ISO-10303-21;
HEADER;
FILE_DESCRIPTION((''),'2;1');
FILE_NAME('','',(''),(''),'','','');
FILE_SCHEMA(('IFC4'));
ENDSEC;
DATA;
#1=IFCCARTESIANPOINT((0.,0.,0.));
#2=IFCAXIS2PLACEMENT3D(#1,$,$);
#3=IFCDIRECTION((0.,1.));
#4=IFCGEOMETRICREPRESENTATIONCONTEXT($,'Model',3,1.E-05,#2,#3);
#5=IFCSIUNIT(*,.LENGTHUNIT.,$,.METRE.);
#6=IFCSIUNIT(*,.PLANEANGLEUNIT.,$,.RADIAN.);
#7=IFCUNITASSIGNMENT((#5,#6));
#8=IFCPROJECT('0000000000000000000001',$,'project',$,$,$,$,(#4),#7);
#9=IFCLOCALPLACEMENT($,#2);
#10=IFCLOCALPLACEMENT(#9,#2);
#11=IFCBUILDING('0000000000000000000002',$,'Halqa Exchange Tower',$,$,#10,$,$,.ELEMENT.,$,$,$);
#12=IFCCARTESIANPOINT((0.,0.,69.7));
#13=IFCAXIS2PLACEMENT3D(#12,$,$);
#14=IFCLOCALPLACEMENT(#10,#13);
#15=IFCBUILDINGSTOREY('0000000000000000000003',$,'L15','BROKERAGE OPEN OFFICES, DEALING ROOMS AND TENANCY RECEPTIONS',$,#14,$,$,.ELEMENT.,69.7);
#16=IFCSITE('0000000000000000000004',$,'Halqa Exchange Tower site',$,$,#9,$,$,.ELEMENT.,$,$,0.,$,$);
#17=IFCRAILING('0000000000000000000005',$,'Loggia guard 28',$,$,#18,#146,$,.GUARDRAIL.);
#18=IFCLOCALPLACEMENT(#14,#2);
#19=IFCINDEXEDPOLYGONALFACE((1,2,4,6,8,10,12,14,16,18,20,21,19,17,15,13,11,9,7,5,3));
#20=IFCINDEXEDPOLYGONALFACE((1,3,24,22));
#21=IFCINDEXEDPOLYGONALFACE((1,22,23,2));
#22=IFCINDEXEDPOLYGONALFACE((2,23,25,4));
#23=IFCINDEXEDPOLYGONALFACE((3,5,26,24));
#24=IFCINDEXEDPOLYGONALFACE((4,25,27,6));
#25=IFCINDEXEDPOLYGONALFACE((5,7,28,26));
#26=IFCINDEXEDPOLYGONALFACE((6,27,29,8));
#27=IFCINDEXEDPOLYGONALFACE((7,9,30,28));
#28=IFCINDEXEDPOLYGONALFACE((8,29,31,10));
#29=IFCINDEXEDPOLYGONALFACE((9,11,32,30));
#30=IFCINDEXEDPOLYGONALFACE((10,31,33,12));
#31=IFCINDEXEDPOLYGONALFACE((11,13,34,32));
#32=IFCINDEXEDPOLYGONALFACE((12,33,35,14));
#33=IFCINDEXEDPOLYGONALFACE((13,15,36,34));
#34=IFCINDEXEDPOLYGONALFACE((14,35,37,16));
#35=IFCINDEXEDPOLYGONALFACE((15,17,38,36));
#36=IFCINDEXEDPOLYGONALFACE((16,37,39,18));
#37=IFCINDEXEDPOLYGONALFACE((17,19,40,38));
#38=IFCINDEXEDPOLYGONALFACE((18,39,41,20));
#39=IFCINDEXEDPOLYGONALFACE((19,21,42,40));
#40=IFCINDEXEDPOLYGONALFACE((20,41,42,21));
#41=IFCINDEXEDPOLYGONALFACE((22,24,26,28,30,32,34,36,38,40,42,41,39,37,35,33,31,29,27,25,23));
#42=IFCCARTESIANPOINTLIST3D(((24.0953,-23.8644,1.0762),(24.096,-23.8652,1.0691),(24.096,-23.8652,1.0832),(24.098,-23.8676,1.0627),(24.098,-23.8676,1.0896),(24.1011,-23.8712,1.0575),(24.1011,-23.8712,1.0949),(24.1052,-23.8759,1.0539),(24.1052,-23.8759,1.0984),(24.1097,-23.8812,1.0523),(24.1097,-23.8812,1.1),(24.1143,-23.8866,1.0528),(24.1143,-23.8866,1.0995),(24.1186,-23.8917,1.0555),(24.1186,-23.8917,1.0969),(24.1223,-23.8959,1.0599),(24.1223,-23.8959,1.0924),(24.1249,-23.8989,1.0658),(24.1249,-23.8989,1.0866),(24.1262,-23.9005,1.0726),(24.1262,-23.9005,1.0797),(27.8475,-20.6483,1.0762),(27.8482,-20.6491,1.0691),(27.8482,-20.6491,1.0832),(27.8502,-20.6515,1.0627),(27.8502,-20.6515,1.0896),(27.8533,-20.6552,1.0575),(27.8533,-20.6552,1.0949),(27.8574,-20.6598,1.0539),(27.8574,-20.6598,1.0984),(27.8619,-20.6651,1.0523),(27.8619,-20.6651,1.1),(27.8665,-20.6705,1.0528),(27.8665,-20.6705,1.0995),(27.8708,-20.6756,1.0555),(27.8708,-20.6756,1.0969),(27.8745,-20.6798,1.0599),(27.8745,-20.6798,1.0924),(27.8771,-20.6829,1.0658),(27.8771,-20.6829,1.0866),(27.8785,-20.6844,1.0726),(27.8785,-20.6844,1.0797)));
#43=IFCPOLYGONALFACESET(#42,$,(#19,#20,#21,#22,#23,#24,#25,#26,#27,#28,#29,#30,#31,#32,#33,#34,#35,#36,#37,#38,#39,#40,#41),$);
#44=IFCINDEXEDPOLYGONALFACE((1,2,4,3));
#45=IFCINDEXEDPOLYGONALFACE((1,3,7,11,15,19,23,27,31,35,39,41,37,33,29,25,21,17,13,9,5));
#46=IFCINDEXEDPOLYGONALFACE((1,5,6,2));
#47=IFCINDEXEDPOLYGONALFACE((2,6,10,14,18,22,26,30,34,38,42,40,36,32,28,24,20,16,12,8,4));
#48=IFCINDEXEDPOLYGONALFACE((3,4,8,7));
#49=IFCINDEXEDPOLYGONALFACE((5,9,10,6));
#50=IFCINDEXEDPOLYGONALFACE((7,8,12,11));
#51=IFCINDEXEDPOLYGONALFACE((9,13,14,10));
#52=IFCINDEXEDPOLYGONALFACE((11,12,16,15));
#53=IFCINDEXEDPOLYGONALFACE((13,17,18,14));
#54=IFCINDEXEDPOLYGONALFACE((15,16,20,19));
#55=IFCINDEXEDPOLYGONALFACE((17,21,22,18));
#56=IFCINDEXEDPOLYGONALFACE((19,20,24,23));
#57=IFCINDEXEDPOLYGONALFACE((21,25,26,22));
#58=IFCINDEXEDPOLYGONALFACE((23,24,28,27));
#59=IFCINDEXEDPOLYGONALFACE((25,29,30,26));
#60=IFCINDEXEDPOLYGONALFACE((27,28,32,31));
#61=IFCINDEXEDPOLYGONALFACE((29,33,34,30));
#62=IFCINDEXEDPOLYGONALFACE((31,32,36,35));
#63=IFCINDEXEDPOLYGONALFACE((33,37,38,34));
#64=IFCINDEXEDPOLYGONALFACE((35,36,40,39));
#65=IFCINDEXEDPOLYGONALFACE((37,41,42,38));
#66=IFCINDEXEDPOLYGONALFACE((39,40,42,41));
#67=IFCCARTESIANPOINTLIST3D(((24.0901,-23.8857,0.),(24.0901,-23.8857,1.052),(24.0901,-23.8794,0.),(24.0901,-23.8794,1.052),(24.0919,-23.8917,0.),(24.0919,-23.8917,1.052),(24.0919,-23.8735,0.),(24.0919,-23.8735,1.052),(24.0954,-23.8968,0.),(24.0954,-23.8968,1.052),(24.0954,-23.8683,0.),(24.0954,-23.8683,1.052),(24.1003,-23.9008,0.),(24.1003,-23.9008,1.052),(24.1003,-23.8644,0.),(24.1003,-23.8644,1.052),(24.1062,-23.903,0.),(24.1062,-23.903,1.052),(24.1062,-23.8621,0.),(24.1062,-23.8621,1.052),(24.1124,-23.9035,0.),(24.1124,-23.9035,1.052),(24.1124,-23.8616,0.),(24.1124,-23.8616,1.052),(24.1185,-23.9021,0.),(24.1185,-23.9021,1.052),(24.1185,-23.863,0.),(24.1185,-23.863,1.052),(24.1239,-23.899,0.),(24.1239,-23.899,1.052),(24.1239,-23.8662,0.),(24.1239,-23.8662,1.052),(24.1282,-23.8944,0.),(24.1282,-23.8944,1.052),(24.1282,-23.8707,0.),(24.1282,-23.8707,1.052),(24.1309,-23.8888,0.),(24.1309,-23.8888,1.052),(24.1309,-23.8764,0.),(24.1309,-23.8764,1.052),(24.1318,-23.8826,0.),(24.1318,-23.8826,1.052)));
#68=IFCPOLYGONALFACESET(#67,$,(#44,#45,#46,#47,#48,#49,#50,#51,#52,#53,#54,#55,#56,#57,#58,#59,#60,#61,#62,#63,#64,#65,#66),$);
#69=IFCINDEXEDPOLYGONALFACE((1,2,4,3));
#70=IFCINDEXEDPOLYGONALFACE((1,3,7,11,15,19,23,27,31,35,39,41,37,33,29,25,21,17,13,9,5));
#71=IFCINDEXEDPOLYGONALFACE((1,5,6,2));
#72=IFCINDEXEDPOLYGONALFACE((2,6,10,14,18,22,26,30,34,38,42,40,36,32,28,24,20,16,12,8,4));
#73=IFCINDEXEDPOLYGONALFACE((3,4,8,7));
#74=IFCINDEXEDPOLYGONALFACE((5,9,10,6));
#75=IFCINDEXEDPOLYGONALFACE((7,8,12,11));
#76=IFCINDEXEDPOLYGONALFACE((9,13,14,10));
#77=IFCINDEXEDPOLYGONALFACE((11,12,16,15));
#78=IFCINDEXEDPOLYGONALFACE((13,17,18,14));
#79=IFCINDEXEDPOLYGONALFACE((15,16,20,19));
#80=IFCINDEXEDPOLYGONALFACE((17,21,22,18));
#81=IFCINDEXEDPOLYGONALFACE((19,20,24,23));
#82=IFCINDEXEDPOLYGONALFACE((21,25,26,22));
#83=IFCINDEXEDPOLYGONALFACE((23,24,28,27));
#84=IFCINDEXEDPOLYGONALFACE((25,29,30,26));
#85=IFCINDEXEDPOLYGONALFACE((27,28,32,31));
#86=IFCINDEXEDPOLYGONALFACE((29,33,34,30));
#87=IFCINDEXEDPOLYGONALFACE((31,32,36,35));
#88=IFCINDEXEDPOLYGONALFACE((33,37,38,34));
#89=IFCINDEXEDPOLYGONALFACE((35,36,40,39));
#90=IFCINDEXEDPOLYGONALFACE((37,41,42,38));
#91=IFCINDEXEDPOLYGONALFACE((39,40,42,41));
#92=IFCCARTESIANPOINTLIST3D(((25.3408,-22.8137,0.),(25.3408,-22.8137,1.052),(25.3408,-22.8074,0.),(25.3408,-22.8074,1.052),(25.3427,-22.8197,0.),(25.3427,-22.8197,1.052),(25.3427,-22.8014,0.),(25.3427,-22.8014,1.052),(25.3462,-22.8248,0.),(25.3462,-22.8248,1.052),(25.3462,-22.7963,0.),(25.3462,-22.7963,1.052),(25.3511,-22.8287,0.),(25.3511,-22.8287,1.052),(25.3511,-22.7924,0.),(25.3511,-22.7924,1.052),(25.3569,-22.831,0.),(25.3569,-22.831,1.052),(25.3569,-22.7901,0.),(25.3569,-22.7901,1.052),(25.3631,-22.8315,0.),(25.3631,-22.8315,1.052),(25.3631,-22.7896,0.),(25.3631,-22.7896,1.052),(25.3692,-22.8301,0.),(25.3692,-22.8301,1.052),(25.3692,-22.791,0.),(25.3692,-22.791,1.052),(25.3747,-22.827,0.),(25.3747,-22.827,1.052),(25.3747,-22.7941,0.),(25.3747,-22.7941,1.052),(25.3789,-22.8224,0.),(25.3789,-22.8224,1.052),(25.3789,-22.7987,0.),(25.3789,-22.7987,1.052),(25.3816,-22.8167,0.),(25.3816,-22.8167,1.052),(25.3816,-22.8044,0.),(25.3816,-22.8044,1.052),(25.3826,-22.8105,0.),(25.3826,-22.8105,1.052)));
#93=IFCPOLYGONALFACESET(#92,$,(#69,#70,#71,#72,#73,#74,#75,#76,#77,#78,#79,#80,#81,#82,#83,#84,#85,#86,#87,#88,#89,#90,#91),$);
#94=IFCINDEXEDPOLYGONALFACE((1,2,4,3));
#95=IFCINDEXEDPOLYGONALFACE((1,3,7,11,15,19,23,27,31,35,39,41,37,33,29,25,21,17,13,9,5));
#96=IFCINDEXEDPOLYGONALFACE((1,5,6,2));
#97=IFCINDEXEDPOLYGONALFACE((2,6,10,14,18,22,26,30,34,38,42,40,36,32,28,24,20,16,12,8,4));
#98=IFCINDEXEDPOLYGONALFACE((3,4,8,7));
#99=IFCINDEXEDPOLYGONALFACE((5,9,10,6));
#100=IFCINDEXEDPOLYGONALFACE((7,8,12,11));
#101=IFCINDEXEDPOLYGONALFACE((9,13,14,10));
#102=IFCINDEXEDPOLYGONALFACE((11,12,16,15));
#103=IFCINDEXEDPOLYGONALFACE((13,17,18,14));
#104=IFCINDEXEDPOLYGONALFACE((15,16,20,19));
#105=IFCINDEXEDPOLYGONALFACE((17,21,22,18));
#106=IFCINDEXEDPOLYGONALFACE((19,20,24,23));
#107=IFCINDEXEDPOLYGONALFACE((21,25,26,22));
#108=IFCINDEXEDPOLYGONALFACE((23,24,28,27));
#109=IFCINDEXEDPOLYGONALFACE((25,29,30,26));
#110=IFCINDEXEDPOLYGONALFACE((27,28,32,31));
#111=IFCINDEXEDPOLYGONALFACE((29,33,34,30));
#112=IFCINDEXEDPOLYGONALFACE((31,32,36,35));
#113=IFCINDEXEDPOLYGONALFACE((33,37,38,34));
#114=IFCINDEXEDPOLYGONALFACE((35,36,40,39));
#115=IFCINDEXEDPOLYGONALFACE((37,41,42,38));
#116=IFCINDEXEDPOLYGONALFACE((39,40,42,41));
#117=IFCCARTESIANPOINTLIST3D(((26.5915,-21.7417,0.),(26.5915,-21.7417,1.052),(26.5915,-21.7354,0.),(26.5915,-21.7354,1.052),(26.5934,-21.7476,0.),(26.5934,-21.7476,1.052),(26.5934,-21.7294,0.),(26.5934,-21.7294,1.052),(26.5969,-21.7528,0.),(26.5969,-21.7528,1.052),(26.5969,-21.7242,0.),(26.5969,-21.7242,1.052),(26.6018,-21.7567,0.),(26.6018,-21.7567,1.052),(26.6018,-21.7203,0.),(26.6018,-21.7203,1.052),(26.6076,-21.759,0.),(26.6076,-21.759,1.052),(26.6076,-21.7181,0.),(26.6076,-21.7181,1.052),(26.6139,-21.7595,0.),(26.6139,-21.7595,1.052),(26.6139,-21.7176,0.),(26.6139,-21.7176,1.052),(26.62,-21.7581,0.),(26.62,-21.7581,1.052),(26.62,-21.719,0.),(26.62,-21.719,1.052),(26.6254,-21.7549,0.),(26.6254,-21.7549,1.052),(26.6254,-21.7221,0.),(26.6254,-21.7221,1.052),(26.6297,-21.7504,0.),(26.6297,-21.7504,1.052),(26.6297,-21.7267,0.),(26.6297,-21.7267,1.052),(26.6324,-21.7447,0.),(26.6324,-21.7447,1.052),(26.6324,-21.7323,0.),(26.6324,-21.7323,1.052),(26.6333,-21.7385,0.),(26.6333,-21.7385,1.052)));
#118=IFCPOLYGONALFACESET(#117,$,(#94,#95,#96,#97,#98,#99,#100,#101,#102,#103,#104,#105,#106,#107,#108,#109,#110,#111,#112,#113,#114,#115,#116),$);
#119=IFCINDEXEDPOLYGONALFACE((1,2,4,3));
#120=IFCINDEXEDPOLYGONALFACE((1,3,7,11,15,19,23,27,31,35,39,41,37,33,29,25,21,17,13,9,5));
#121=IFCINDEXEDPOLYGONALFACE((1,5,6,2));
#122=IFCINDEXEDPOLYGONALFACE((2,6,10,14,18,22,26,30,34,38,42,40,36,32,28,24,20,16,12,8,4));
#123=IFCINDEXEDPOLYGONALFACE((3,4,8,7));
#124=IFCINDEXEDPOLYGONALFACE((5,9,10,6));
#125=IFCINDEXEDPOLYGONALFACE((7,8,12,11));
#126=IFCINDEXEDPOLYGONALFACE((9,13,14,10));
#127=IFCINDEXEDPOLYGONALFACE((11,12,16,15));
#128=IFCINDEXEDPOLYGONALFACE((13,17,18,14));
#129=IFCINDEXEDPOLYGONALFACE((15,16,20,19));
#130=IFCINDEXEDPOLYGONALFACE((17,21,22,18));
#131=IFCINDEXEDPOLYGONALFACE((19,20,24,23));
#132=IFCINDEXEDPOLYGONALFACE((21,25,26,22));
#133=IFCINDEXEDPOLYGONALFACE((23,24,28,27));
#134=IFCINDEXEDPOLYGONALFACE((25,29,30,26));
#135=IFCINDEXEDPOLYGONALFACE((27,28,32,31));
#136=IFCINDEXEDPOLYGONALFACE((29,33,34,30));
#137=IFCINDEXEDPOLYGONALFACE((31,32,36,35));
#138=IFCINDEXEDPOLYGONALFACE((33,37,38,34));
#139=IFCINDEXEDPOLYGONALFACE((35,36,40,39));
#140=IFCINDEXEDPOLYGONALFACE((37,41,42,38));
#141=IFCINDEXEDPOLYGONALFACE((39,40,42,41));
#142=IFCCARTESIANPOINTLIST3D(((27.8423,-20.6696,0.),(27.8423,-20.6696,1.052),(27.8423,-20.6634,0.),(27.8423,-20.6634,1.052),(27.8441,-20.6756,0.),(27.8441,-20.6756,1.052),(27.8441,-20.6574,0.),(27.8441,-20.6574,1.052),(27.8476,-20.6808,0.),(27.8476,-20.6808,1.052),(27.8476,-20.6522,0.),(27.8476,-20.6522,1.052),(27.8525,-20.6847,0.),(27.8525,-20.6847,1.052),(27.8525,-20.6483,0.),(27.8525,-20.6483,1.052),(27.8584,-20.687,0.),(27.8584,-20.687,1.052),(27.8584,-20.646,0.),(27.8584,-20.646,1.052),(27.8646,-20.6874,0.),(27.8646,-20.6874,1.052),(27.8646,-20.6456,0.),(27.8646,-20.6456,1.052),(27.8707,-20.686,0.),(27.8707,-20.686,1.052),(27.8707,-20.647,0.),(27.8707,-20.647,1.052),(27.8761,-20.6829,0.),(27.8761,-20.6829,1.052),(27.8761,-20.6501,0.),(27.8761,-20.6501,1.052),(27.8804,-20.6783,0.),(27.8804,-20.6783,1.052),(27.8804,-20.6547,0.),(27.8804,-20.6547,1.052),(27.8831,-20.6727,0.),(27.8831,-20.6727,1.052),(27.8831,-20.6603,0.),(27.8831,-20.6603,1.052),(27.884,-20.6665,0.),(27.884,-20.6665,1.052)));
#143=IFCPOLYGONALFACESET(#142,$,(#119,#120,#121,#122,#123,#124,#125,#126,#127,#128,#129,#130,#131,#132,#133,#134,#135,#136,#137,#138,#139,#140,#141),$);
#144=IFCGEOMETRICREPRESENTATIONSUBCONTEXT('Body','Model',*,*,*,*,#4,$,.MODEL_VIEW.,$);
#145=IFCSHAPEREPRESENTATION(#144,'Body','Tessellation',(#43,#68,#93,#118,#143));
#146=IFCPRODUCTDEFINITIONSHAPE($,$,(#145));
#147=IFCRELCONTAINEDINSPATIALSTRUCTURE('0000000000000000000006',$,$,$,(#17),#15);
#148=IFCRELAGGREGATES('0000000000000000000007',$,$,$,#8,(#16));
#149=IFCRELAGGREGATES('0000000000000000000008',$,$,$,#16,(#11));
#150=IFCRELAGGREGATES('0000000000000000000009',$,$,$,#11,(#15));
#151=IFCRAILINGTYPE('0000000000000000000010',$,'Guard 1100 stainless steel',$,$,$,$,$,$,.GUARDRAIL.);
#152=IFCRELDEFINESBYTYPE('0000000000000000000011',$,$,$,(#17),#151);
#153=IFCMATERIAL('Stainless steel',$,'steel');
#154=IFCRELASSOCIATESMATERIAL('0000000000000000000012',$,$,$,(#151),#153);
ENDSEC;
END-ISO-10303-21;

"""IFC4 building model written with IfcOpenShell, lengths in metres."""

from ifc_helpers import new_model, si_unit, direction, frame, origin, origin_2d, place, context, subcontext, project, spatial, circle, extrude, material, type_object, element, save


model = new_model("IFC4")

# Units and contexts
model_context = context("Model", 3, precision=1e-05, world=origin(), true_north=direction((0.0, 1.0)))
body_context = subcontext(model_context, "Body", "Model", "MODEL_VIEW")
ifc_project = project(units=[si_unit("LENGTHUNIT", "METRE"), si_unit("PLANEANGLEUNIT", "RADIAN")], contexts=[model_context])

# Site, building, storey
site_placement = place(None, origin())
site = spatial("IfcSite", under=ifc_project, at=site_placement, Name="Halqa Exchange Tower site", CompositionType="ELEMENT", RefElevation=0.0)
building_placement = place(site_placement, origin())
building = spatial("IfcBuilding", under=site, at=building_placement, Name="Halqa Exchange Tower", CompositionType="ELEMENT")
storey_placement = place(building_placement, frame((0.0, 0.0, 69.7)))
storey = spatial("IfcBuildingStorey", under=building, at=storey_placement, Name="L15", Description="BROKERAGE OPEN OFFICES, DEALING ROOMS AND TENANCY RECEPTIONS", CompositionType="ELEMENT", Elevation=69.7)

# Railing
ifc_material_1 = material(Name="Stainless steel", Category="steel")
railing_type = type_object("IfcRailingType", Name="Guard 1100 stainless steel", PredefinedType="GUARDRAIL", material=ifc_material_1)
railing_1_placement = place(storey_placement, frame((24.1108, -23.8826, 0.0)))
element("IfcRailing", 1, at=railing_1_placement, inside=storey, type_object=railing_type, Name="Loggia guard 28", PredefinedType="GUARDRAIL", context=body_context, shape_type="SweptSolid", body=[
    extrude(circle(Radius=0.0239, at=origin_2d()), frame((0.0, 0.0, 1.0762), z_axis=(0.759267, 0.650779, 0.0), x_axis=(-0.650779, 0.759267, 0.0)), (0.0, 0.0, 1.0), 4.9419),
    extrude(circle(Radius=0.021, at=origin_2d()), origin(), (0.0, 0.0, 1.0), 1.052),
    extrude(circle(Radius=0.021, at=origin_2d()), frame((1.2507, 1.072, 0.0)), (0.0, 0.0, 1.0), 1.052),
    extrude(circle(Radius=0.021, at=origin_2d()), frame((2.5015, 2.144, 0.0)), (0.0, 0.0, 1.0), 1.052),
    extrude(circle(Radius=0.021, at=origin_2d()), frame((3.7522, 3.2161, 0.0)), (0.0, 0.0, 1.0), 1.052),
])

save(model, "model.ifc")
